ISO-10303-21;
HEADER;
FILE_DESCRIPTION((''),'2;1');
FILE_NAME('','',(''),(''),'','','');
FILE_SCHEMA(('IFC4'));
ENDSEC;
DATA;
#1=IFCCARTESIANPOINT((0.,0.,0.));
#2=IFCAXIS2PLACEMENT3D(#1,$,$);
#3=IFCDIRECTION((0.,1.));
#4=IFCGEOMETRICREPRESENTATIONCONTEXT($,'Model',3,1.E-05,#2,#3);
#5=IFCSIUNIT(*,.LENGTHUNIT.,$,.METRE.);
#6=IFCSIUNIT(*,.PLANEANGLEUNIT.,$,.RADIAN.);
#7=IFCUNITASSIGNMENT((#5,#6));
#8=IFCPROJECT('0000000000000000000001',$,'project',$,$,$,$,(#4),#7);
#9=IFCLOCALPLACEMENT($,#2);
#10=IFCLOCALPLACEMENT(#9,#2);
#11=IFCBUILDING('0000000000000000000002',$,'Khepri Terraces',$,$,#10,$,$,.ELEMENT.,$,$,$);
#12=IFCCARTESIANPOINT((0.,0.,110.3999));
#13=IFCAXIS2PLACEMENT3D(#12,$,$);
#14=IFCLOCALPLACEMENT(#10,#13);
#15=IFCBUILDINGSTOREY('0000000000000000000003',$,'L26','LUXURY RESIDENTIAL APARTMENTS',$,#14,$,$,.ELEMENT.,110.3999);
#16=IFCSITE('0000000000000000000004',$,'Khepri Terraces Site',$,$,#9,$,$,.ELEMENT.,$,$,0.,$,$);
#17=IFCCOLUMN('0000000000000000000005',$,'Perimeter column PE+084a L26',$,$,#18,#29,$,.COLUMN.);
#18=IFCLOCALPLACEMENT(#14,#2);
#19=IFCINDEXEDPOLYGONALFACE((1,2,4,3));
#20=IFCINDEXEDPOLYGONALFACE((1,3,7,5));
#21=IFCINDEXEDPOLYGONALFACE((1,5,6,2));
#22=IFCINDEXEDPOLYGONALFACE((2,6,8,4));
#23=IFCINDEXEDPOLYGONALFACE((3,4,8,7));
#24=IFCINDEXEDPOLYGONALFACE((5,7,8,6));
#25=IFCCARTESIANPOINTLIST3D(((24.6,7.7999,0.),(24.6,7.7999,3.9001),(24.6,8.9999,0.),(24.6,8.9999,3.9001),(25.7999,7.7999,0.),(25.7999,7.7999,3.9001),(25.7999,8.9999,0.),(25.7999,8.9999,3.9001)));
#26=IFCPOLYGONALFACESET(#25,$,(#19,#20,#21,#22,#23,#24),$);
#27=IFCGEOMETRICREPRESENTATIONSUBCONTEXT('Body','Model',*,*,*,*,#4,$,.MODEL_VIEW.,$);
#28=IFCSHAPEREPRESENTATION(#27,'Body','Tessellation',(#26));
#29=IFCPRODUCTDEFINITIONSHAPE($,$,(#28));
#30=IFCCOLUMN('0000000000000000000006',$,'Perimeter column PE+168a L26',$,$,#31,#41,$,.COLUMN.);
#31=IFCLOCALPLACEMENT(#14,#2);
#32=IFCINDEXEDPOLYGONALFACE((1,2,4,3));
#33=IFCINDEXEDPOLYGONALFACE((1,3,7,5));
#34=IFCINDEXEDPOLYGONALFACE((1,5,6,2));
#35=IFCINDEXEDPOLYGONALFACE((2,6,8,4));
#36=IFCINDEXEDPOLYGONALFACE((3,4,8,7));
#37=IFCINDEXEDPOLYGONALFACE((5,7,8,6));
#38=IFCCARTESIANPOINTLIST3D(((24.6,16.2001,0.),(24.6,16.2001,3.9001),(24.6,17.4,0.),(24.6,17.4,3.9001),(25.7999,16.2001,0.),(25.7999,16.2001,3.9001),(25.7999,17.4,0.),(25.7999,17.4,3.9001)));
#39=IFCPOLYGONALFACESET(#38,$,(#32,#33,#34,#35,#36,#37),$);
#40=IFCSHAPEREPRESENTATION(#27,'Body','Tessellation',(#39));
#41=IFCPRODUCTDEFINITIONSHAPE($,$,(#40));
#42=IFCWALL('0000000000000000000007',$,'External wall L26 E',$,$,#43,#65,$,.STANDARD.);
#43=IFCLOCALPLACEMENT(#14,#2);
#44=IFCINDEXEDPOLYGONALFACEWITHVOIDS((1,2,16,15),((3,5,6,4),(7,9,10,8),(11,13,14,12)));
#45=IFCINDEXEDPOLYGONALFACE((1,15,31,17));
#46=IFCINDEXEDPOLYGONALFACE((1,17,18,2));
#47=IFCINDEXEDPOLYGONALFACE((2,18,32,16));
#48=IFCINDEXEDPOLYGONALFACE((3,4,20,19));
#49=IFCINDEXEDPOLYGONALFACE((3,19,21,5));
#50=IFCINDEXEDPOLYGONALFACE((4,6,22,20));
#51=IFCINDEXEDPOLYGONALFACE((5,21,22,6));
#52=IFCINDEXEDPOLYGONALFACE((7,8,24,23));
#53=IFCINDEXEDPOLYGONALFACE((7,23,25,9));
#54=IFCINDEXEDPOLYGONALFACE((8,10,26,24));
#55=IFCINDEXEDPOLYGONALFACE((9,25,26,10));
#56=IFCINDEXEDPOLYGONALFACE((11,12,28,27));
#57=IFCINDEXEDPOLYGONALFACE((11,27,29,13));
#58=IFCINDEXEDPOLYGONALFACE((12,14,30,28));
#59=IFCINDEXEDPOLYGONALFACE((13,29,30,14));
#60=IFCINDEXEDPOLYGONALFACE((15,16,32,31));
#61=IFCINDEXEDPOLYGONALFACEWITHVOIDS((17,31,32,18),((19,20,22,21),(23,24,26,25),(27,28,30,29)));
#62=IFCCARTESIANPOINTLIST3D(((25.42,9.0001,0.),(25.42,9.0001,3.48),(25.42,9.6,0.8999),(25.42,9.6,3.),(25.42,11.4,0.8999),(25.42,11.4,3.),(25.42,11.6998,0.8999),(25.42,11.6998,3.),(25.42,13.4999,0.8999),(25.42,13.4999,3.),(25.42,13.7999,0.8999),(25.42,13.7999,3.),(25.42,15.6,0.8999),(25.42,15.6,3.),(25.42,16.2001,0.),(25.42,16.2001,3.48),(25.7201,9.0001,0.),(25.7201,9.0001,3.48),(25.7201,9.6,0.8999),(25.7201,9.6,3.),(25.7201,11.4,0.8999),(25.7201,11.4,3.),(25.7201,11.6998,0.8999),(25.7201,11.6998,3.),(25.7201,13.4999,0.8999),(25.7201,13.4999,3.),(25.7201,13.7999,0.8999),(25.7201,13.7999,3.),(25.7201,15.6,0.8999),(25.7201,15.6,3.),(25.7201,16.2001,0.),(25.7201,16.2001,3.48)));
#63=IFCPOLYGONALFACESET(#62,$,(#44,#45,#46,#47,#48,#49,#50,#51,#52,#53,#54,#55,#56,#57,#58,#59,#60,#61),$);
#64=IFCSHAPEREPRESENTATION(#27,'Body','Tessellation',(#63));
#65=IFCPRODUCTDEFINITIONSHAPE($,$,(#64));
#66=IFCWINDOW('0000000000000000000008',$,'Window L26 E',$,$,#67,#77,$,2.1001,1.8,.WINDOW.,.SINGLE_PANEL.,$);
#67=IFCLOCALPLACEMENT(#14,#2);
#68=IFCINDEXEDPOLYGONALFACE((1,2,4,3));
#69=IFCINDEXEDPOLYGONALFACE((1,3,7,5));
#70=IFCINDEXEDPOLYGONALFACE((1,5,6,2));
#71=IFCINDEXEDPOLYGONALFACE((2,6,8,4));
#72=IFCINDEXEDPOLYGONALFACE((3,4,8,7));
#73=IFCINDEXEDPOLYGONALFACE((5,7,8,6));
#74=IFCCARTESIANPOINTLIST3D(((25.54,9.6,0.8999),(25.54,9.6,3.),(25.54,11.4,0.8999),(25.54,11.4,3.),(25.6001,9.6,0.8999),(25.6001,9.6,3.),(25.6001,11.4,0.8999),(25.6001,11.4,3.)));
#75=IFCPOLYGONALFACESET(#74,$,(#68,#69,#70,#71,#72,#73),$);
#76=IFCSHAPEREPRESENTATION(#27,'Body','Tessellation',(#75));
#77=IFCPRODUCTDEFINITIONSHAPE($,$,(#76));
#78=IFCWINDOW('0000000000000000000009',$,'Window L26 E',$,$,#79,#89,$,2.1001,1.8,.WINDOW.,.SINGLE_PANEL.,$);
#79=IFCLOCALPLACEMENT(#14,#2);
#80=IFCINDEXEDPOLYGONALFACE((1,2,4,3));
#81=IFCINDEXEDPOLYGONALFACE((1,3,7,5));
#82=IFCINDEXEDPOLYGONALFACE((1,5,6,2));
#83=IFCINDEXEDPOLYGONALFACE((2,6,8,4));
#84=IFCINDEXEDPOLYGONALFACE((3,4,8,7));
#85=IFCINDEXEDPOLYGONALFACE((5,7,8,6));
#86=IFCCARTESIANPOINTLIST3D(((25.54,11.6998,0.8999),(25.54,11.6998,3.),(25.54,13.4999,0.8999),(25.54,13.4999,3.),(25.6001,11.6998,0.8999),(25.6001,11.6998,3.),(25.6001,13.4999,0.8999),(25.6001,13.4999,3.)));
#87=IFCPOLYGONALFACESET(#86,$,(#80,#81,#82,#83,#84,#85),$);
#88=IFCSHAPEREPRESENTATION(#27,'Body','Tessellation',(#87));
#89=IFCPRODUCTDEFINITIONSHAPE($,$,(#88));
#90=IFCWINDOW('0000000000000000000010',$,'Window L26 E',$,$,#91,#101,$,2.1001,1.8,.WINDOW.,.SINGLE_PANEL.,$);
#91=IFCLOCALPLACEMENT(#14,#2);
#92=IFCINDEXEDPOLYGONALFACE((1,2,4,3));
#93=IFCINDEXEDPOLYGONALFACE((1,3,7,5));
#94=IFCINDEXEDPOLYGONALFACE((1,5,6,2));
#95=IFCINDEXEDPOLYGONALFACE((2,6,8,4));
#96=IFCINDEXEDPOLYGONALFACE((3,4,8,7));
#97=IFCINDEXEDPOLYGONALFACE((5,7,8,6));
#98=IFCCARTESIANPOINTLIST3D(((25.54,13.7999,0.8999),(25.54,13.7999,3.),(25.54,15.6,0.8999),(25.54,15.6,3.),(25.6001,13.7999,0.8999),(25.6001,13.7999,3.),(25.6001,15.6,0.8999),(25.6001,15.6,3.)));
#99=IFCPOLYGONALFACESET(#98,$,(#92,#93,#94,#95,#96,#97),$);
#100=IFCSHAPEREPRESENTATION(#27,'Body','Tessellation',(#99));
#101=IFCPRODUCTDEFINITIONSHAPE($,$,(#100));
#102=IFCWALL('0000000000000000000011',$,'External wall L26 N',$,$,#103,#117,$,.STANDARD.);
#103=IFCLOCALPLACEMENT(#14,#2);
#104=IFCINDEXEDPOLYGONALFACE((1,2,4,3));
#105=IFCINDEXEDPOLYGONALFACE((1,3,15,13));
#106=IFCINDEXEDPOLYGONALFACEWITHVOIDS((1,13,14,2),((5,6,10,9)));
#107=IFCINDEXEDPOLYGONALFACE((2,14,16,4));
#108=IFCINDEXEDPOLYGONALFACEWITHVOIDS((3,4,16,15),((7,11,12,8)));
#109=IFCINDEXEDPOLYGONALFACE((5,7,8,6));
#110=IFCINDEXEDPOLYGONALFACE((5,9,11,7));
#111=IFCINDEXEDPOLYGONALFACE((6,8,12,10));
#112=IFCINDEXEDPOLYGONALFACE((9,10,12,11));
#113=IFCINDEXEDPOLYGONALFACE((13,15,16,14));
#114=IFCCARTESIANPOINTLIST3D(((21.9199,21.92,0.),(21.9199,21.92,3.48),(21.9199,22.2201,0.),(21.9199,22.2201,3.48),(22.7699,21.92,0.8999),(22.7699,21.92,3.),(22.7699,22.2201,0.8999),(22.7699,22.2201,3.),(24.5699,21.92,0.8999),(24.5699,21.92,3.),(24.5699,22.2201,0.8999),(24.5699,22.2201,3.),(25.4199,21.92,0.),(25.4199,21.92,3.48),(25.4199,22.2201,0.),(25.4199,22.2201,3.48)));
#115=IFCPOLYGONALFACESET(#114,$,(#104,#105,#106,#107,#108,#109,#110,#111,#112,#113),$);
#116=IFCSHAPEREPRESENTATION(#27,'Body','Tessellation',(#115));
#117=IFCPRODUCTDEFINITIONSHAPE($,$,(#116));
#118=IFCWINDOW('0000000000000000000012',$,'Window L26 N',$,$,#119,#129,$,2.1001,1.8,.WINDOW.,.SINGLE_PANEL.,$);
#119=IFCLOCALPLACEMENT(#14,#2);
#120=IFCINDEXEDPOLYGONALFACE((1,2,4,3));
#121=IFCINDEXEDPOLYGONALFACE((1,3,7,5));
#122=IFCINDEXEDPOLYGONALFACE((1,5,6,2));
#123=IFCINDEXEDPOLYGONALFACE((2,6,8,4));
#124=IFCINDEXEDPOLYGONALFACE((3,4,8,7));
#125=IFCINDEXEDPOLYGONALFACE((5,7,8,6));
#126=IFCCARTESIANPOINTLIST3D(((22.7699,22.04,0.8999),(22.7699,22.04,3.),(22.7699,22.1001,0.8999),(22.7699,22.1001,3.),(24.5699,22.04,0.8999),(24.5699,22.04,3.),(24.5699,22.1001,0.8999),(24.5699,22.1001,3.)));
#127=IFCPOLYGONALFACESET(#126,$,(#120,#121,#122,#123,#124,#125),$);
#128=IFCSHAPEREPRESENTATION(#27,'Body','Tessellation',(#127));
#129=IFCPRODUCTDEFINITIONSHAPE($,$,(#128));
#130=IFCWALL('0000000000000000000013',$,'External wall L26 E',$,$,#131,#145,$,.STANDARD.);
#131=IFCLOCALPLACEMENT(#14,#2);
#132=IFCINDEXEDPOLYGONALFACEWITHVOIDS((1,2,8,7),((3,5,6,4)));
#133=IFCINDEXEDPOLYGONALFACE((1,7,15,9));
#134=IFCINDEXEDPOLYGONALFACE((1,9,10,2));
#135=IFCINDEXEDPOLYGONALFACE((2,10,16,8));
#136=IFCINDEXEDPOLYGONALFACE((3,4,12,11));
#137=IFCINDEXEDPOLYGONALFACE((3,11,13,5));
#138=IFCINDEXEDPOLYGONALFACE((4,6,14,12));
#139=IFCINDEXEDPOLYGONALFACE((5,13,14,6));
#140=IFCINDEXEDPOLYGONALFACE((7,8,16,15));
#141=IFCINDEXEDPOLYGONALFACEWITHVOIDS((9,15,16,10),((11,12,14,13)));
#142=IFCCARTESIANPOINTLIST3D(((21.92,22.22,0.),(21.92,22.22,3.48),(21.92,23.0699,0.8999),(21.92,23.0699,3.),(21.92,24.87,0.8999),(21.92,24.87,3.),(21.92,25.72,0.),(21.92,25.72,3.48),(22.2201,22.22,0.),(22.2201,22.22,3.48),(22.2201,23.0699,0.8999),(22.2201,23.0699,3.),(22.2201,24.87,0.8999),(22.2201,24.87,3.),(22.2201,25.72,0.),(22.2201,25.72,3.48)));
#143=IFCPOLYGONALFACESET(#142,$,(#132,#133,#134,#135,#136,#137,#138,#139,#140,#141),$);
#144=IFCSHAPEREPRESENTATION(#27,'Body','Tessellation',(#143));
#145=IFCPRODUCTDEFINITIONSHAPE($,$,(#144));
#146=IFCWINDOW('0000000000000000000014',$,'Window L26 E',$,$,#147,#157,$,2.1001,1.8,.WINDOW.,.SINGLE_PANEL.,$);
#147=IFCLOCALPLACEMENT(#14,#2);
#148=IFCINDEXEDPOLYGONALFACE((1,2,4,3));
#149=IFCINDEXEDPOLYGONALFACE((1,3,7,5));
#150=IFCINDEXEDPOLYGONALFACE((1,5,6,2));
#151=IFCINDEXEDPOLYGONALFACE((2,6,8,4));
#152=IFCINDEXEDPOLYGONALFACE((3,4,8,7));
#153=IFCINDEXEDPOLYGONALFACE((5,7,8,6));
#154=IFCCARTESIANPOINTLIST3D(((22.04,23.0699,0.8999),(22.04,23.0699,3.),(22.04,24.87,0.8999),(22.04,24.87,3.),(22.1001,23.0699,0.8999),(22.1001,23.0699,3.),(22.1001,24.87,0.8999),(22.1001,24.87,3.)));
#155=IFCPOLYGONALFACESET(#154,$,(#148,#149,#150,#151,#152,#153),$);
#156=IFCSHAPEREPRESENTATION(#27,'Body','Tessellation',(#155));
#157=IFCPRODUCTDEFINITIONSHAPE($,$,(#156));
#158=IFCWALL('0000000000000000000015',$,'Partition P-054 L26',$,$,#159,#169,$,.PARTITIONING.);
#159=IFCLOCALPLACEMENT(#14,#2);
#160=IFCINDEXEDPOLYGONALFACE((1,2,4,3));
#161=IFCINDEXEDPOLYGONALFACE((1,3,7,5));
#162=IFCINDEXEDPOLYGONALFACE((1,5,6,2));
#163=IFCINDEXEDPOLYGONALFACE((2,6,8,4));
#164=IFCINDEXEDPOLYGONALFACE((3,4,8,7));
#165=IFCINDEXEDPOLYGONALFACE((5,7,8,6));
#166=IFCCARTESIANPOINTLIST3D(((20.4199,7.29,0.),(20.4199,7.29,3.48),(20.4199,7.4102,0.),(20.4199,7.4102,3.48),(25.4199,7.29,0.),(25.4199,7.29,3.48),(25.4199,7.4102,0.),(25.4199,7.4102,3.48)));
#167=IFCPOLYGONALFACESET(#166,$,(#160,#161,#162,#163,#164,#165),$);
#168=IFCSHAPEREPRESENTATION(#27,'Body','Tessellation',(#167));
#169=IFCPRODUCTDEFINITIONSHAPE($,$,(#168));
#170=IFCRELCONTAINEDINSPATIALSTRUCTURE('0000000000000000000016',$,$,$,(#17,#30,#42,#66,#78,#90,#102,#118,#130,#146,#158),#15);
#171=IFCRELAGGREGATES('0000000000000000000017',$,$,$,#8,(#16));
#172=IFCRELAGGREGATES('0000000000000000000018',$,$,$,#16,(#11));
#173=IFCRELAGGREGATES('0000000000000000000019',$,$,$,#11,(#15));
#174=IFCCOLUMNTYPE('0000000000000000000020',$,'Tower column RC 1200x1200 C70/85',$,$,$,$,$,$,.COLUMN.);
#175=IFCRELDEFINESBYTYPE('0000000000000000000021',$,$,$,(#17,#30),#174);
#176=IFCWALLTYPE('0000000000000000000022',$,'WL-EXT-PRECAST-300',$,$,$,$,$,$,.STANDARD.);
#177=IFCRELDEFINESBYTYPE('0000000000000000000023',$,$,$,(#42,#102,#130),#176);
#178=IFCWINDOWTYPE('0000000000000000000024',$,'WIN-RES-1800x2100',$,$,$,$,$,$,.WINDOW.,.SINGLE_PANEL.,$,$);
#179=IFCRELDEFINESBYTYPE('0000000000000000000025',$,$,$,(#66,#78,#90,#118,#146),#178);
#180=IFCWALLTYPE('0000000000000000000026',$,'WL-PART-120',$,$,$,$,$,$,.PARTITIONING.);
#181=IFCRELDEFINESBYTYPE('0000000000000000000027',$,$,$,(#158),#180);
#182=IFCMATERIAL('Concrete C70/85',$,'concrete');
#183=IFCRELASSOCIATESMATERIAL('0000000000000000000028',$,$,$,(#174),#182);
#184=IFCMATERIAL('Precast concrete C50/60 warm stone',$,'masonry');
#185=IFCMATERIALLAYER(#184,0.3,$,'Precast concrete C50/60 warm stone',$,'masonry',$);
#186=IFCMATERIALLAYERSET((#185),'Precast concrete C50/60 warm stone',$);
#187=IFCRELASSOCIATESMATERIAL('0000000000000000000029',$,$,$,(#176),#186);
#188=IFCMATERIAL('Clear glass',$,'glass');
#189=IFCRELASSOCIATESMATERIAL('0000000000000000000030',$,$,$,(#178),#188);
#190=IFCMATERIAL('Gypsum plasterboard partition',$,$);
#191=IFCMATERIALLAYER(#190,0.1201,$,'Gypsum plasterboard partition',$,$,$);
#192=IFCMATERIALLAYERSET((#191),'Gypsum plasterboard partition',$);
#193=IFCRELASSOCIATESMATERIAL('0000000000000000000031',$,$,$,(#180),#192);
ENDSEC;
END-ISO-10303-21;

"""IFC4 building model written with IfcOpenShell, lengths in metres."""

from ifc_helpers import new_model, si_unit, direction, frame, frame_2d, origin, origin_2d, place, context, subcontext, project, spatial, rectangle, extrude, material, layer, layer_set, material_profile, profile_set, type_object, element, fill, save


model = new_model("IFC4")

# Units and contexts
model_context = context("Model", 3, precision=1e-05, world=origin(), true_north=direction((0.0, 1.0)))
body_context = subcontext(model_context, "Body", "Model", "MODEL_VIEW")
ifc_project = project(units=[si_unit("LENGTHUNIT", "METRE"), si_unit("PLANEANGLEUNIT", "RADIAN")], contexts=[model_context])

# Site, building, storey
site_placement = place(None, origin())
site = spatial("IfcSite", under=ifc_project, at=site_placement, Name="Khepri Terraces Site", CompositionType="ELEMENT", RefElevation=0.0)
building_placement = place(site_placement, origin())
building = spatial("IfcBuilding", under=site, at=building_placement, Name="Khepri Terraces", CompositionType="ELEMENT")
storey_placement = place(building_placement, frame((0.0, 0.0, 110.3999)))
storey = spatial("IfcBuildingStorey", under=building, at=storey_placement, Name="L26", Description="LUXURY RESIDENTIAL APARTMENTS", CompositionType="ELEMENT", Elevation=110.3999)

# Columns
ifc_material_1 = material(Name="Concrete C70/85", Category="concrete")
ifc_material_profile = material_profile(ifc_material_1, rectangle(XDim=1.2, YDim=1.2, at=origin_2d()), Name="Concrete C70/85", Category="concrete")
ifc_profile_set = profile_set([ifc_material_profile], Name="Concrete C70/85")
column_type = type_object("IfcColumnType", Name="Tower column RC 1200x1200 C70/85", PredefinedType="COLUMN", material=ifc_profile_set)
for number, where, z_axis, x_axis, name in (
    (1, (25.2, 8.3999, 0.0), (0.0, 0.0, 1.0), (1.0, 0.0, 0.0), "Perimeter column PE+084a L26"),
    (2, (25.2, 16.8, 0.0), (0.0, 0.0, 1.0), (1.0, 0.0, 0.0), "Perimeter column PE+168a L26"),
):
    element("IfcColumn", number, at=place(storey_placement, frame(where, z_axis=z_axis, x_axis=x_axis)), inside=storey, type_object=column_type, Name=name, PredefinedType="COLUMN", context=body_context, shape_type="SweptSolid", body=[
        extrude(rectangle(XDim=1.2, YDim=1.2, at=origin_2d()), origin(), (0.0, 0.0, 1.0), 3.9001),
    ])

# Wall, openings, windows
ifc_material_2 = material(Name="Precast concrete C50/60 warm stone", Category="masonry")
ifc_layer_1 = layer(ifc_material_2, 0.3, Name="Precast concrete C50/60 warm stone", Category="masonry")
ifc_layer_set_1 = layer_set([ifc_layer_1], Name="Precast concrete C50/60 warm stone")
wall_type_1 = type_object("IfcWallType", Name="WL-EXT-PRECAST-300", PredefinedType="STANDARD", material=ifc_layer_set_1)
wall_1_placement = place(storey_placement, frame((25.5701, 9.0, 0.0), z_axis=(0.0, 0.0, 1.0), x_axis=(0.0, 1.0, 0.0)))
wall_1 = element("IfcWall", 3, at=wall_1_placement, inside=storey, type_object=wall_type_1, Name="External wall L26 E", PredefinedType="STANDARD", context=body_context, shape_type="SweptSolid", body=[
    extrude(rectangle(XDim=7.2, YDim=0.3, at=frame_2d((3.6001, 0.0))), origin(), (0.0, 0.0, 1.0), 3.48),
])
opening_1_placement = place(wall_1_placement, frame((0.6001, 0.0, 0.8999)))
opening_1 = element("IfcOpeningElement", 4, at=opening_1_placement, cuts=wall_1, PredefinedType="OPENING", context=body_context, shape_type="SweptSolid", body=[
    extrude(rectangle(XDim=1.8, YDim=2.1001, at=frame_2d((0.8999, 1.05))), frame((0.0, 0.1602, 0.0), z_axis=(0.0, -1.0, 0.0), x_axis=(1.0, 0.0, 0.0)), (0.0, 0.0, 1.0), 0.3201),
])
opening_2_placement = place(wall_1_placement, frame((2.7, 0.0, 0.8999)))
opening_2 = element("IfcOpeningElement", 5, at=opening_2_placement, cuts=wall_1, PredefinedType="OPENING", context=body_context, shape_type="SweptSolid", body=[
    extrude(rectangle(XDim=1.8, YDim=2.1001, at=frame_2d((0.8999, 1.05))), frame((0.0, 0.1602, 0.0), z_axis=(0.0, -1.0, 0.0), x_axis=(1.0, 0.0, 0.0)), (0.0, 0.0, 1.0), 0.3201),
])
opening_3_placement = place(wall_1_placement, frame((4.8, 0.0, 0.8999)))
opening_3 = element("IfcOpeningElement", 6, at=opening_3_placement, cuts=wall_1, PredefinedType="OPENING", context=body_context, shape_type="SweptSolid", body=[
    extrude(rectangle(XDim=1.8, YDim=2.1001, at=frame_2d((0.8999, 1.05))), frame((0.0, 0.1602, 0.0), z_axis=(0.0, -1.0, 0.0), x_axis=(1.0, 0.0, 0.0)), (0.0, 0.0, 1.0), 0.3201),
])
ifc_material_3 = material(Name="Clear glass", Category="glass")
window_type = type_object("IfcWindowType", Name="WIN-RES-1800x2100", PartitioningType="SINGLE_PANEL", PredefinedType="WINDOW", material=ifc_material_3)
window_1_placement = place(opening_1_placement, origin())
window_1 = element("IfcWindow", 7, at=window_1_placement, inside=storey, type_object=window_type, Name="Window L26 E", OverallHeight=2.1001, OverallWidth=1.8, PartitioningType="SINGLE_PANEL", PredefinedType="WINDOW", context=body_context, shape_type="SweptSolid", body=[
    extrude(rectangle(XDim=1.8, YDim=2.1001, at=frame_2d((0.8999, 1.05))), frame((0.0, 0.03, 0.0), z_axis=(0.0, -1.0, 0.0), x_axis=(1.0, 0.0, 0.0)), (0.0, 0.0, 1.0), 0.0601),
])
fill(opening_1, window_1)
window_2_placement = place(opening_2_placement, origin())
window_2 = element("IfcWindow", 8, at=window_2_placement, inside=storey, type_object=window_type, Name="Window L26 E", OverallHeight=2.1001, OverallWidth=1.8, PartitioningType="SINGLE_PANEL", PredefinedType="WINDOW", context=body_context, shape_type="SweptSolid", body=[
    extrude(rectangle(XDim=1.8, YDim=2.1001, at=frame_2d((0.8999, 1.05))), frame((0.0, 0.03, 0.0), z_axis=(0.0, -1.0, 0.0), x_axis=(1.0, 0.0, 0.0)), (0.0, 0.0, 1.0), 0.0601),
])
fill(opening_2, window_2)
window_3_placement = place(opening_3_placement, origin())
window_3 = element("IfcWindow", 9, at=window_3_placement, inside=storey, type_object=window_type, Name="Window L26 E", OverallHeight=2.1001, OverallWidth=1.8, PartitioningType="SINGLE_PANEL", PredefinedType="WINDOW", context=body_context, shape_type="SweptSolid", body=[
    extrude(rectangle(XDim=1.8, YDim=2.1001, at=frame_2d((0.8999, 1.05))), frame((0.0, 0.03, 0.0), z_axis=(0.0, -1.0, 0.0), x_axis=(1.0, 0.0, 0.0)), (0.0, 0.0, 1.0), 0.0601),
])
fill(opening_3, window_3)

# Walls, openings, windows
wall_2_placement = place(storey_placement, frame((25.4199, 22.0701, 0.0), z_axis=(0.0, 0.0, 1.0), x_axis=(-1.0, 0.0, 0.0)))
wall_2 = element("IfcWall", 10, at=wall_2_placement, inside=storey, type_object=wall_type_1, Name="External wall L26 N", PredefinedType="STANDARD", context=body_context, shape_type="SweptSolid", body=[
    extrude(rectangle(XDim=3.5, YDim=0.3, at=frame_2d((1.75, 0.0))), origin(), (0.0, 0.0, 1.0), 3.48),
])
opening_4_placement = place(wall_2_placement, frame((0.8501, 0.0, 0.8999)))
opening_4 = element("IfcOpeningElement", 11, at=opening_4_placement, cuts=wall_2, PredefinedType="OPENING", context=body_context, shape_type="SweptSolid", body=[
    extrude(rectangle(XDim=1.8, YDim=2.1001, at=frame_2d((0.8999, 1.05))), frame((0.0, 0.1602, 0.0), z_axis=(0.0, -1.0, 0.0), x_axis=(1.0, 0.0, 0.0)), (0.0, 0.0, 1.0), 0.3201),
])
window_4_placement = place(opening_4_placement, origin())
window_4 = element("IfcWindow", 12, at=window_4_placement, inside=storey, type_object=window_type, Name="Window L26 N", OverallHeight=2.1001, OverallWidth=1.8, PartitioningType="SINGLE_PANEL", PredefinedType="WINDOW", context=body_context, shape_type="SweptSolid", body=[
    extrude(rectangle(XDim=1.8, YDim=2.1001, at=frame_2d((0.8999, 1.05))), frame((0.0, 0.03, 0.0), z_axis=(0.0, -1.0, 0.0), x_axis=(1.0, 0.0, 0.0)), (0.0, 0.0, 1.0), 0.0601),
])
fill(opening_4, window_4)
wall_3_placement = place(storey_placement, frame((22.0701, 22.22, 0.0), z_axis=(0.0, 0.0, 1.0), x_axis=(0.0, 1.0, 0.0)))
wall_3 = element("IfcWall", 13, at=wall_3_placement, inside=storey, type_object=wall_type_1, Name="External wall L26 E", PredefinedType="STANDARD", context=body_context, shape_type="SweptSolid", body=[
    extrude(rectangle(XDim=3.5, YDim=0.3, at=frame_2d((1.75, 0.0))), origin(), (0.0, 0.0, 1.0), 3.48),
])
opening_5_placement = place(wall_3_placement, frame((0.8501, 0.0, 0.8999)))
opening_5 = element("IfcOpeningElement", 14, at=opening_5_placement, cuts=wall_3, PredefinedType="OPENING", context=body_context, shape_type="SweptSolid", body=[
    extrude(rectangle(XDim=1.8, YDim=2.1001, at=frame_2d((0.8999, 1.05))), frame((0.0, 0.1602, 0.0), z_axis=(0.0, -1.0, 0.0), x_axis=(1.0, 0.0, 0.0)), (0.0, 0.0, 1.0), 0.3201),
])
window_5_placement = place(opening_5_placement, origin())
window_5 = element("IfcWindow", 15, at=window_5_placement, inside=storey, type_object=window_type, Name="Window L26 E", OverallHeight=2.1001, OverallWidth=1.8, PartitioningType="SINGLE_PANEL", PredefinedType="WINDOW", context=body_context, shape_type="SweptSolid", body=[
    extrude(rectangle(XDim=1.8, YDim=2.1001, at=frame_2d((0.8999, 1.05))), frame((0.0, 0.03, 0.0), z_axis=(0.0, -1.0, 0.0), x_axis=(1.0, 0.0, 0.0)), (0.0, 0.0, 1.0), 0.0601),
])
fill(opening_5, window_5)

# Wall
ifc_material_4 = material(Name="Gypsum plasterboard partition")
ifc_layer_2 = layer(ifc_material_4, 0.1201, Name="Gypsum plasterboard partition")
ifc_layer_set_2 = layer_set([ifc_layer_2], Name="Gypsum plasterboard partition")
wall_type_2 = type_object("IfcWallType", Name="WL-PART-120", PredefinedType="PARTITIONING", material=ifc_layer_set_2)
wall_4_placement = place(storey_placement, frame((20.4199, 7.3501, 0.0), z_axis=(0.0, 0.0, 1.0), x_axis=(1.0, 0.0, 0.0)))
element("IfcWall", 16, at=wall_4_placement, inside=storey, type_object=wall_type_2, Name="Partition P-054 L26", PredefinedType="PARTITIONING", context=body_context, shape_type="SweptSolid", body=[
    extrude(rectangle(XDim=5.0, YDim=0.1201, at=frame_2d((2.5, 0.0))), origin(), (0.0, 0.0, 1.0), 3.48),
])

save(model, "model.ifc")
